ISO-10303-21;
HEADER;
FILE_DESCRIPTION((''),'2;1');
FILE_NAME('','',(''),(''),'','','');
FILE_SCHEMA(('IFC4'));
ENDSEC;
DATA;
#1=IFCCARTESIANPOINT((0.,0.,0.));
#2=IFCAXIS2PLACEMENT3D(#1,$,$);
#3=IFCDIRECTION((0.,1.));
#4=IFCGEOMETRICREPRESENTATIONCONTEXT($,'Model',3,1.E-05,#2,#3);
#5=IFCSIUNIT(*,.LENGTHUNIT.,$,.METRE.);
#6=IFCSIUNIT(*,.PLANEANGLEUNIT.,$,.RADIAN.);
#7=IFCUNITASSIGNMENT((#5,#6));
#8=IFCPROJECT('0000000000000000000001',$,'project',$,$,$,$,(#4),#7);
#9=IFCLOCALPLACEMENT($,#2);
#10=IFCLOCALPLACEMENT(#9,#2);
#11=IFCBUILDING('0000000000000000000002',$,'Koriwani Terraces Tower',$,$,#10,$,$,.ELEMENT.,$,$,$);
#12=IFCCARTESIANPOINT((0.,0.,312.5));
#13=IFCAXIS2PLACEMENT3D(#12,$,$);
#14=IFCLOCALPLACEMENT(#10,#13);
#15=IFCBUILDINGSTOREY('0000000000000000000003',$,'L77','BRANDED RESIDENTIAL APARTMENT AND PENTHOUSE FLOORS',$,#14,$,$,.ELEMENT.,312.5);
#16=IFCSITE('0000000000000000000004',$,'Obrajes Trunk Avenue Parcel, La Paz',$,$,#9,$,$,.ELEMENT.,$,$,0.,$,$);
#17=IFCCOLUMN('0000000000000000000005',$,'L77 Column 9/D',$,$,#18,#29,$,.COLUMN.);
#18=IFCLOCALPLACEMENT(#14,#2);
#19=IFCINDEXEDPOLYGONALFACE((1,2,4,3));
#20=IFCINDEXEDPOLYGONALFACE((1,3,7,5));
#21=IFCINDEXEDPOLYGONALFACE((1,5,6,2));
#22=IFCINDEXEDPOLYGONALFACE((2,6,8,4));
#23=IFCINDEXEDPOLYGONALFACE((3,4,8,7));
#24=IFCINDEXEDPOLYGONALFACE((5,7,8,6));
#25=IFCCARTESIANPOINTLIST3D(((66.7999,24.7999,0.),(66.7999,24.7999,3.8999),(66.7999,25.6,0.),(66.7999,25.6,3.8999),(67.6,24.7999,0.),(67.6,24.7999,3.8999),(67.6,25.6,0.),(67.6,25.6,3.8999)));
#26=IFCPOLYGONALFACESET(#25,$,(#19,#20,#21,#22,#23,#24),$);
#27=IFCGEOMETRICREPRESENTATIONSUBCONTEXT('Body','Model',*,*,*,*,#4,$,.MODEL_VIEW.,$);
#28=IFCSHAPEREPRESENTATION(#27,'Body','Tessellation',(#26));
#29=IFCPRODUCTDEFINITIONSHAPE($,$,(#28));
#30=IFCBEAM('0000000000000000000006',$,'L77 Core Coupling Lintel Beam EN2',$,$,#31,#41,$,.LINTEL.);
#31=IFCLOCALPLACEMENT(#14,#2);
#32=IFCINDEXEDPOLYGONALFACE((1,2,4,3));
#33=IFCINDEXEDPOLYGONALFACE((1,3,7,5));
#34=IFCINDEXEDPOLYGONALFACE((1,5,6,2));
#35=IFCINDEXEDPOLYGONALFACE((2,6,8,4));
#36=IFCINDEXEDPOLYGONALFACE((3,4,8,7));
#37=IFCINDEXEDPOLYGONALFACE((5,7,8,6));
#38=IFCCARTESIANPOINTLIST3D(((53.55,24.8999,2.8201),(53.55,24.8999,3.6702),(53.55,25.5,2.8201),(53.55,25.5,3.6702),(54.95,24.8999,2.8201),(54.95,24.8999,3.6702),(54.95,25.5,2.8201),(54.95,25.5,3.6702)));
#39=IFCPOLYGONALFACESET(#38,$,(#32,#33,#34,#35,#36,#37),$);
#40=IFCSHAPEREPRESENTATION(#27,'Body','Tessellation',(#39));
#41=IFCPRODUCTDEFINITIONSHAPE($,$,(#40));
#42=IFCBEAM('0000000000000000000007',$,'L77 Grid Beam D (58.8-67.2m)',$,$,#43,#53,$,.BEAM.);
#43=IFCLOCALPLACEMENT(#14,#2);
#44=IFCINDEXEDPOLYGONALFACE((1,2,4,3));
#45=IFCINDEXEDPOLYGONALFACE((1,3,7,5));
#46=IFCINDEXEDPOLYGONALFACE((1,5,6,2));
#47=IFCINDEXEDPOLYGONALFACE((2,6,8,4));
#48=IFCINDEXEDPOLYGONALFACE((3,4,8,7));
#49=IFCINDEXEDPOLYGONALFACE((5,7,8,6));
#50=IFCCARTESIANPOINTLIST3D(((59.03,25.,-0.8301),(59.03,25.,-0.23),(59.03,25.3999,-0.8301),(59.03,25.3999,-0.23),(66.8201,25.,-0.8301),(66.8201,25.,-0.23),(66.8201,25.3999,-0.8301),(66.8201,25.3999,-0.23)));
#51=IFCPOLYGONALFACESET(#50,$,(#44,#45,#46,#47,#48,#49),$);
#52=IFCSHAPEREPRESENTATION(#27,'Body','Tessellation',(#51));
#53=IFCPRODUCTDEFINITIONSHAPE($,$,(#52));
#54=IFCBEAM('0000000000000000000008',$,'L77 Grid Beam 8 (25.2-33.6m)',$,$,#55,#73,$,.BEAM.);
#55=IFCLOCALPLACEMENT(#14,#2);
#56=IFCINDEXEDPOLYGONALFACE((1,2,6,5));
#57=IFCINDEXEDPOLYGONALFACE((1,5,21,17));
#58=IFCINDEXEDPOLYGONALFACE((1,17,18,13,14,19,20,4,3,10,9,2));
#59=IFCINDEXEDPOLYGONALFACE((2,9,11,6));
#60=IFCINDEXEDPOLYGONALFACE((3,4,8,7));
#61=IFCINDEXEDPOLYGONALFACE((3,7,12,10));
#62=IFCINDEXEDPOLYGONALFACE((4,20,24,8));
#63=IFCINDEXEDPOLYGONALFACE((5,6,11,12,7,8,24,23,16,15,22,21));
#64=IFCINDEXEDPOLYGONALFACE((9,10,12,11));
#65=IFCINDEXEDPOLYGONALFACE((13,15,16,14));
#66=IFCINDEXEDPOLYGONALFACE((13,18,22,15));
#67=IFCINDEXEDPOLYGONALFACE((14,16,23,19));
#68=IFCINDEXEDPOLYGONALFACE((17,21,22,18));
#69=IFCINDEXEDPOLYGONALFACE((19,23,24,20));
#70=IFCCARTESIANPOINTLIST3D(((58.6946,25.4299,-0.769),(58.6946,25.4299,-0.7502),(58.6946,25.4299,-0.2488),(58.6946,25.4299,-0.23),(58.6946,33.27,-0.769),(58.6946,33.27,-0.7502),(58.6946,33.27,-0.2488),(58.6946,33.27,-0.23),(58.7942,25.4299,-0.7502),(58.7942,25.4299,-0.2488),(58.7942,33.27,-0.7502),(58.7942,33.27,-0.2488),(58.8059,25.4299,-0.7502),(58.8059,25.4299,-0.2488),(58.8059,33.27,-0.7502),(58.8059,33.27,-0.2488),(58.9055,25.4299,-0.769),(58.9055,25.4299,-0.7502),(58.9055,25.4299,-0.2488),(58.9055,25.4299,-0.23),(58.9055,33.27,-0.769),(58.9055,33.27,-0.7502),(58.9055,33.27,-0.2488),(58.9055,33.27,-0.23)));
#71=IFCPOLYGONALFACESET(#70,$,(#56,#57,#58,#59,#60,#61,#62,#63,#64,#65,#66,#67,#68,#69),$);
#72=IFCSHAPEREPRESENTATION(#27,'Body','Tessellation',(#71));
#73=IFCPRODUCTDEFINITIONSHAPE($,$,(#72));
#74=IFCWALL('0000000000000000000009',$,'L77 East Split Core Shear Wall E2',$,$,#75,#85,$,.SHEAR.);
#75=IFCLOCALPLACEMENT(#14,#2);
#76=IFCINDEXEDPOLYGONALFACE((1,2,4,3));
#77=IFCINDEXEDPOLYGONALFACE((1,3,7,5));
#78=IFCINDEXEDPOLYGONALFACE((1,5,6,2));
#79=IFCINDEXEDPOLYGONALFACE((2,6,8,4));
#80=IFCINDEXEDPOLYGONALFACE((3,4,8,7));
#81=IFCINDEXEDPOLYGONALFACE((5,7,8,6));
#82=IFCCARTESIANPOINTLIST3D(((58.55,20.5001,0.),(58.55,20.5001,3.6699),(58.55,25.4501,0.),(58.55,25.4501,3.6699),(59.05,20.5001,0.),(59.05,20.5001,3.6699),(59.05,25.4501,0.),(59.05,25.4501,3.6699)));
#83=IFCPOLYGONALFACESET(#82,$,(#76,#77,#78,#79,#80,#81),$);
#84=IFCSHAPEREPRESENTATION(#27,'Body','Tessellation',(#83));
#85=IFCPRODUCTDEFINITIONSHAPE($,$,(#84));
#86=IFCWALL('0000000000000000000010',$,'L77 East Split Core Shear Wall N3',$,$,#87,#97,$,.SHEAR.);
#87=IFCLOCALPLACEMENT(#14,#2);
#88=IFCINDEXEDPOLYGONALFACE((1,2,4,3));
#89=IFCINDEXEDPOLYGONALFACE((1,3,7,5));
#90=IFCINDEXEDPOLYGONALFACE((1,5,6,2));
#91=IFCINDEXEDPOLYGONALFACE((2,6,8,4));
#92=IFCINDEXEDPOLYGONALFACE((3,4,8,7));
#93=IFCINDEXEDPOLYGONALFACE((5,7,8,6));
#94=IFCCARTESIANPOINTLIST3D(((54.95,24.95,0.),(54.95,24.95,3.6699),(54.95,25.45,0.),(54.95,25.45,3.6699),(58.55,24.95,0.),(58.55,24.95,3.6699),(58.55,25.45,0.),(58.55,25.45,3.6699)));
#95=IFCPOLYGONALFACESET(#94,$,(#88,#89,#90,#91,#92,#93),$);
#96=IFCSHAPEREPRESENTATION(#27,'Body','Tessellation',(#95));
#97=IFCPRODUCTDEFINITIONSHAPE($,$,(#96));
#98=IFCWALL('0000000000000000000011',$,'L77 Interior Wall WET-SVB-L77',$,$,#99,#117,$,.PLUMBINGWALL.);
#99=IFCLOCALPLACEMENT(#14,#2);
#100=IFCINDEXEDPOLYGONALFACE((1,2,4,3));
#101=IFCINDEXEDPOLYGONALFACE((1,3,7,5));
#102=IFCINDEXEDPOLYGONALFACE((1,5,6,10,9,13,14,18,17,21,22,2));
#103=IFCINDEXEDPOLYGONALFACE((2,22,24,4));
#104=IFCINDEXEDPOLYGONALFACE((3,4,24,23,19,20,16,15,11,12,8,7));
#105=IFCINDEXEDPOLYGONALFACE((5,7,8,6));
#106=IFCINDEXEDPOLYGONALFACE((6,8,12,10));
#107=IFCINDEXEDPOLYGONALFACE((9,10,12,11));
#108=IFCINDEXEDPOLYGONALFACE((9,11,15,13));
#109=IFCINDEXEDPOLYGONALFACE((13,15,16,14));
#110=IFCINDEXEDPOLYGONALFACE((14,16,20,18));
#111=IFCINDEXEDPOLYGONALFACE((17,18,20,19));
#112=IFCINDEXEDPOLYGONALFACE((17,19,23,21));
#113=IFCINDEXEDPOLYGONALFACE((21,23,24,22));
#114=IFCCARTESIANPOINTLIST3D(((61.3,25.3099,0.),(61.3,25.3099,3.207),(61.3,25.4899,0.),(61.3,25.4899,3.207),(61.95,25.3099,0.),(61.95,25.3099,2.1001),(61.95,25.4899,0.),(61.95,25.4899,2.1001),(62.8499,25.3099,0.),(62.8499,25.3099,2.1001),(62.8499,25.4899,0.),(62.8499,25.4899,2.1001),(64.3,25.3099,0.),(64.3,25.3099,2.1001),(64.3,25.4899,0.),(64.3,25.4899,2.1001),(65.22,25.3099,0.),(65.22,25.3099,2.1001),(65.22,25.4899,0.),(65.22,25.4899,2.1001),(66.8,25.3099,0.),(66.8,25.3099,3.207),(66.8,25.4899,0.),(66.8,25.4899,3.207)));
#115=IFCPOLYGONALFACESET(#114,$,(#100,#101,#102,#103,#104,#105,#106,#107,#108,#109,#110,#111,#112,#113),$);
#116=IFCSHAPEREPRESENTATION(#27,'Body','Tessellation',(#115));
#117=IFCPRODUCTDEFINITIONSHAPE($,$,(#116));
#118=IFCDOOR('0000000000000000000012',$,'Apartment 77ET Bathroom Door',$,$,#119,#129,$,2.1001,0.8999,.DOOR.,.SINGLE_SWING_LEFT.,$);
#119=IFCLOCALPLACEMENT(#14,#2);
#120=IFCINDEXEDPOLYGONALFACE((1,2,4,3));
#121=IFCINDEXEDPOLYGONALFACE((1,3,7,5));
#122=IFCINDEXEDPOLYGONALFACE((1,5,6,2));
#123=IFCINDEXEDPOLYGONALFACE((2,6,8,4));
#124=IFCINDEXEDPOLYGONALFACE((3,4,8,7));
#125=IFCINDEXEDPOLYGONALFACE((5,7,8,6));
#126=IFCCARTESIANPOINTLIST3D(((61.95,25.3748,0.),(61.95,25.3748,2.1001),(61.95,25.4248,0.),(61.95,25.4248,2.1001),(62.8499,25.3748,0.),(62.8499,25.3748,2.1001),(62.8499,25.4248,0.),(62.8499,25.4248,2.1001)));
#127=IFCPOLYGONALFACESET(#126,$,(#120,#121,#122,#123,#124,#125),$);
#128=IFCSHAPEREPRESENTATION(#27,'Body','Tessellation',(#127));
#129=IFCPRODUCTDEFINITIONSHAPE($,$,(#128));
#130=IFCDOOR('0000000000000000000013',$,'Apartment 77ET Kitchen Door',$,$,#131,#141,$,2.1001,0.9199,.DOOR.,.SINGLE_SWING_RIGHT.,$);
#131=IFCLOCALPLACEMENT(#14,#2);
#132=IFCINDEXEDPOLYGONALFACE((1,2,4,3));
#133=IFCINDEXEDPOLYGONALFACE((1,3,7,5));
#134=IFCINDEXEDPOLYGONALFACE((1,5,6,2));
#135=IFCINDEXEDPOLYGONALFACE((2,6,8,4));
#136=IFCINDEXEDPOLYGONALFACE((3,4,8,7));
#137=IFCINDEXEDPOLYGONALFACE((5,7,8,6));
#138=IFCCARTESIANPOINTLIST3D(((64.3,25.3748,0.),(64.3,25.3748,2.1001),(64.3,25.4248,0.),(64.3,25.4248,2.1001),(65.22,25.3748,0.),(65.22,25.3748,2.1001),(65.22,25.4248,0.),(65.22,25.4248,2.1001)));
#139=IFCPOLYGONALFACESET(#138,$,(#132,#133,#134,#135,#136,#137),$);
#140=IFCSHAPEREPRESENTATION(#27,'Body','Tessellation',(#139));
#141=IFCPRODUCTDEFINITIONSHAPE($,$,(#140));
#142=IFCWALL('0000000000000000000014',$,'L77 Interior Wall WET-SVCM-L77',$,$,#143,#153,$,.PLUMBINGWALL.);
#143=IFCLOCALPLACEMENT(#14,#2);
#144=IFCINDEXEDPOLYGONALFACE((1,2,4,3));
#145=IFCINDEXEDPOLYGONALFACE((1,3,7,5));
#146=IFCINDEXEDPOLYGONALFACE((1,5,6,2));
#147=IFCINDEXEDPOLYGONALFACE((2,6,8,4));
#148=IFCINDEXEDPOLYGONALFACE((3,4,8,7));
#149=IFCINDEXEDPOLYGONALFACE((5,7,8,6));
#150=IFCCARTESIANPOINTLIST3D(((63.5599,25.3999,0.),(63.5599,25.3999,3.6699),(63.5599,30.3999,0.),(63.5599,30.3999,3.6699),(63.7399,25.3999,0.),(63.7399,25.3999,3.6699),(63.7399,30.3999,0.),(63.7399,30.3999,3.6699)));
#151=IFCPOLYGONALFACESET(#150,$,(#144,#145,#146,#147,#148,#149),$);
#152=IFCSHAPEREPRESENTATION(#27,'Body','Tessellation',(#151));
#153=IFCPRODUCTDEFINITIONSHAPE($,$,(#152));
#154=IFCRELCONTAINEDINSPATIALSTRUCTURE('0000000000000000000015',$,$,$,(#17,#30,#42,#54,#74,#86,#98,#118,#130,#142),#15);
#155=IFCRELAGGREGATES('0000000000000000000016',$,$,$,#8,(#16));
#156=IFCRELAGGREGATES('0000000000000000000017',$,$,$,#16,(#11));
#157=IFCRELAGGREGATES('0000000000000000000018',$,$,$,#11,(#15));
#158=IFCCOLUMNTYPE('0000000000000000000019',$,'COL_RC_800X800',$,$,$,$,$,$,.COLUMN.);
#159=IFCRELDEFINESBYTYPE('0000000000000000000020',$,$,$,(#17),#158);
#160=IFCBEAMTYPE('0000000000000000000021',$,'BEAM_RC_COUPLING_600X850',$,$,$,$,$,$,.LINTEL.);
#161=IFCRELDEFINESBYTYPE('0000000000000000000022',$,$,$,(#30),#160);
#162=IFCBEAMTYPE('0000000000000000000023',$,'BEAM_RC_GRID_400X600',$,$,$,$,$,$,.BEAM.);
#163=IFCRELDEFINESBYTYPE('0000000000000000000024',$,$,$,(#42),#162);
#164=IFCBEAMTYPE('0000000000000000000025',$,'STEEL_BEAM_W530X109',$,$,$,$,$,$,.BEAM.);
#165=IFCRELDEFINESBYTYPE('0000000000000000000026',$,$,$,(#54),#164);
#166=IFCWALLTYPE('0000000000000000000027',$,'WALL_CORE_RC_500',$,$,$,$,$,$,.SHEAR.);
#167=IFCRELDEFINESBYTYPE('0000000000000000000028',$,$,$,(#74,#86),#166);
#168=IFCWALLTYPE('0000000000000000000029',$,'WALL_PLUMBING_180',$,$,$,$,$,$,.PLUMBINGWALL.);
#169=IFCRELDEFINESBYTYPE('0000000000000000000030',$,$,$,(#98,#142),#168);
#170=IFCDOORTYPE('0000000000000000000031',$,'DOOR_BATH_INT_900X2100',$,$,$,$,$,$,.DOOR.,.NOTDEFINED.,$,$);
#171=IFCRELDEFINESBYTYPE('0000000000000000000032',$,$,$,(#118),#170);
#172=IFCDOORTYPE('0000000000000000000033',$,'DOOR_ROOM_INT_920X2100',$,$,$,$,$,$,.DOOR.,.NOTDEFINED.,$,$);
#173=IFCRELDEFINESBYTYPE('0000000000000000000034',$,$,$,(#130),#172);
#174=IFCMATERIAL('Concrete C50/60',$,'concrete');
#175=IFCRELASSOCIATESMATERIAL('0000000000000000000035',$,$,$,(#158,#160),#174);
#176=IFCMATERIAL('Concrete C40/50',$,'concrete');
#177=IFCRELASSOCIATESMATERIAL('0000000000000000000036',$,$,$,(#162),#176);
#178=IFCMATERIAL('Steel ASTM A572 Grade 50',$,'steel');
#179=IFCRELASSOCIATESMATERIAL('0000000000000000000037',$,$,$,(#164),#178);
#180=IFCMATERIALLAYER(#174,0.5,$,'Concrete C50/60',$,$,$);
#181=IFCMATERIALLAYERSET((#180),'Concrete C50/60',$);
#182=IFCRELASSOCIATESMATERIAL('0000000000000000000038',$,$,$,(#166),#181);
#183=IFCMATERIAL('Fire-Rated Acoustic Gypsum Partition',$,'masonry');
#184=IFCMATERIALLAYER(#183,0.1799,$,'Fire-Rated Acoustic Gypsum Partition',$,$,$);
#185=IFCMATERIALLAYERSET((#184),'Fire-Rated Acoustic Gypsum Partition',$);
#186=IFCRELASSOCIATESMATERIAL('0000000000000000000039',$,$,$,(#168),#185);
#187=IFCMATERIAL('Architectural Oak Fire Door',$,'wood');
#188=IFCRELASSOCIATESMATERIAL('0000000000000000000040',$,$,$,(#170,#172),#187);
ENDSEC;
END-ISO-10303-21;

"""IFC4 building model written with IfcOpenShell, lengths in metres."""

from ifc_helpers import new_model, si_unit, direction, frame, frame_2d, origin, origin_2d, place, context, subcontext, project, spatial, rectangle, i_section, extrude, material, layer, layer_set, material_profile, profile_set, type_object, element, fill, save


model = new_model("IFC4")

# Units and contexts
model_context = context("Model", 3, precision=1e-05, world=origin(), true_north=direction((0.0, 1.0)))
body_context = subcontext(model_context, "Body", "Model", "MODEL_VIEW")
ifc_project = project(units=[si_unit("LENGTHUNIT", "METRE"), si_unit("PLANEANGLEUNIT", "RADIAN")], contexts=[model_context])

# Site, building, storey
site_placement = place(None, origin())
site = spatial("IfcSite", under=ifc_project, at=site_placement, Name="Obrajes Trunk Avenue Parcel, La Paz", CompositionType="ELEMENT", RefElevation=0.0)
building_placement = place(site_placement, origin())
building = spatial("IfcBuilding", under=site, at=building_placement, Name="Koriwani Terraces Tower", CompositionType="ELEMENT")
storey_placement = place(building_placement, frame((0.0, 0.0, 312.5)))
storey = spatial("IfcBuildingStorey", under=building, at=storey_placement, Name="L77", Description="BRANDED RESIDENTIAL APARTMENT AND PENTHOUSE FLOORS", CompositionType="ELEMENT", Elevation=312.5)

# Column
ifc_material_1 = material(Name="Concrete C50/60", Category="concrete")
ifc_material_profile_1 = material_profile(ifc_material_1, rectangle(XDim=0.8, YDim=0.8, at=origin_2d()), Name="Concrete C50/60", Category="LoadBearing")
ifc_profile_set_1 = profile_set([ifc_material_profile_1], Name="Concrete C50/60")
column_type = type_object("IfcColumnType", Name="COL_RC_800X800", PredefinedType="COLUMN", material=ifc_profile_set_1)
column_placement = place(storey_placement, frame((67.2, 25.2, 0.0), z_axis=(0.0, 0.0, 1.0), x_axis=(1.0, 0.0, 0.0)))
element("IfcColumn", 1, at=column_placement, inside=storey, type_object=column_type, Name="L77 Column 9/D", PredefinedType="COLUMN", context=body_context, shape_type="SweptSolid", body=[
    extrude(rectangle(XDim=0.8, YDim=0.8, at=origin_2d()), origin(), (0.0, 0.0, 1.0), 3.8999),
])

# Beams
ifc_material_profile_2 = material_profile(ifc_material_1, rectangle(XDim=0.6001, YDim=0.8501, at=origin_2d()), Name="Concrete C50/60", Category="LoadBearing")
ifc_profile_set_2 = profile_set([ifc_material_profile_2], Name="Concrete C50/60")
beam_type_1 = type_object("IfcBeamType", Name="BEAM_RC_COUPLING_600X850", PredefinedType="LINTEL", material=ifc_profile_set_2)
beam_1_placement = place(storey_placement, frame((53.55, 25.2, 3.2451), z_axis=(1.0, 0.0, 0.0), x_axis=(0.0, 1.0, 0.0)))
element("IfcBeam", 2, at=beam_1_placement, inside=storey, type_object=beam_type_1, Name="L77 Core Coupling Lintel Beam EN2", PredefinedType="LINTEL", context=body_context, shape_type="SweptSolid", body=[
    extrude(rectangle(XDim=0.6001, YDim=0.8501, at=origin_2d()), origin(), (0.0, 0.0, 1.0), 1.3999),
])
ifc_material_2 = material(Name="Concrete C40/50", Category="concrete")
ifc_material_profile_3 = material_profile(ifc_material_2, rectangle(XDim=0.3999, YDim=0.6001, at=origin_2d()), Name="Concrete C40/50", Category="LoadBearing")
ifc_profile_set_3 = profile_set([ifc_material_profile_3], Name="Concrete C40/50")
beam_type_2 = type_object("IfcBeamType", Name="BEAM_RC_GRID_400X600", PredefinedType="BEAM", material=ifc_profile_set_3)
beam_2_placement = place(storey_placement, frame((59.03, 25.2, -0.53), z_axis=(1.0, 0.0, 0.0), x_axis=(0.0, 1.0, 0.0)))
element("IfcBeam", 3, at=beam_2_placement, inside=storey, type_object=beam_type_2, Name="L77 Grid Beam D (58.8-67.2m)", PredefinedType="BEAM", context=body_context, shape_type="SweptSolid", body=[
    extrude(rectangle(XDim=0.3999, YDim=0.6001, at=origin_2d()), origin(), (0.0, 0.0, 1.0), 7.79),
])
ifc_material_3 = material(Name="Steel ASTM A572 Grade 50", Category="steel")
ifc_material_profile_4 = material_profile(ifc_material_3, i_section(OverallWidth=0.2109, OverallDepth=0.5391, WebThickness=0.0117, FlangeThickness=0.0188, at=origin_2d()), Name="Steel ASTM A572 Grade 50", Category="LoadBearing")
ifc_profile_set_4 = profile_set([ifc_material_profile_4], Name="Steel ASTM A572 Grade 50")
beam_type_3 = type_object("IfcBeamType", Name="STEEL_BEAM_W530X109", PredefinedType="BEAM", material=ifc_profile_set_4)
beam_3_placement = place(storey_placement, frame((58.8, 25.4299, -0.4995), z_axis=(0.0, 1.0, 0.0), x_axis=(-1.0, 0.0, 0.0)))
element("IfcBeam", 4, at=beam_3_placement, inside=storey, type_object=beam_type_3, Name="L77 Grid Beam 8 (25.2-33.6m)", PredefinedType="BEAM", context=body_context, shape_type="SweptSolid", body=[
    extrude(i_section(OverallWidth=0.2109, OverallDepth=0.5391, WebThickness=0.0117, FlangeThickness=0.0188, at=origin_2d()), origin(), (0.0, 0.0, 1.0), 7.8401),
])

# Walls
ifc_layer_1 = layer(ifc_material_1, 0.5, Name="Concrete C50/60")
ifc_layer_set_1 = layer_set([ifc_layer_1], Name="Concrete C50/60")
wall_type_1 = type_object("IfcWallType", Name="WALL_CORE_RC_500", PredefinedType="SHEAR", material=ifc_layer_set_1)
wall_1_placement = place(storey_placement, frame((58.8, 20.5, 0.0), z_axis=(0.0, 0.0, 1.0), x_axis=(0.0, 1.0, 0.0)))
element("IfcWall", 5, at=wall_1_placement, inside=storey, type_object=wall_type_1, Name="L77 East Split Core Shear Wall E2", PredefinedType="SHEAR", context=body_context, shape_type="SweptSolid", body=[
    extrude(rectangle(XDim=4.95, YDim=0.5, at=frame_2d((2.4751, 0.0))), origin(), (0.0, 0.0, 1.0), 3.6699),
])
wall_2_placement = place(storey_placement, frame((54.95, 25.2, 0.0), z_axis=(0.0, 0.0, 1.0), x_axis=(1.0, 0.0, 0.0)))
element("IfcWall", 6, at=wall_2_placement, inside=storey, type_object=wall_type_1, Name="L77 East Split Core Shear Wall N3", PredefinedType="SHEAR", context=body_context, shape_type="SweptSolid", body=[
    extrude(rectangle(XDim=3.6001, YDim=0.5, at=frame_2d((1.8, 0.0))), origin(), (0.0, 0.0, 1.0), 3.6699),
])

# Wall, openings, doors
ifc_material_4 = material(Name="Fire-Rated Acoustic Gypsum Partition", Category="masonry")
ifc_layer_2 = layer(ifc_material_4, 0.1799, Name="Fire-Rated Acoustic Gypsum Partition")
ifc_layer_set_2 = layer_set([ifc_layer_2], Name="Fire-Rated Acoustic Gypsum Partition")
wall_type_2 = type_object("IfcWallType", Name="WALL_PLUMBING_180", PredefinedType="PLUMBINGWALL", material=ifc_layer_set_2)
wall_3_placement = place(storey_placement, frame((61.3, 25.3999, 0.0), z_axis=(0.0, 0.0, 1.0), x_axis=(1.0, 0.0, 0.0)))
wall_3 = element("IfcWall", 7, at=wall_3_placement, inside=storey, type_object=wall_type_2, Name="L77 Interior Wall WET-SVB-L77", PredefinedType="PLUMBINGWALL", context=body_context, shape_type="SweptSolid", body=[
    extrude(rectangle(XDim=5.5, YDim=0.1799, at=frame_2d((2.75, 0.0))), origin(), (0.0, 0.0, 1.0), 3.207),
])
opening_1_placement = place(wall_3_placement, frame((0.6499, 0.0, 0.0)))
opening_1 = element("IfcOpeningElement", 8, at=opening_1_placement, cuts=wall_3, PredefinedType="OPENING", context=body_context, shape_type="SweptSolid", body=[
    extrude(rectangle(XDim=0.8999, YDim=2.1001, at=frame_2d((0.45, 1.05))), frame((0.0, 0.1001, 0.0), z_axis=(0.0, -1.0, 0.0), x_axis=(1.0, 0.0, 0.0)), (0.0, 0.0, 1.0), 0.2),
])
opening_2_placement = place(wall_3_placement, frame((3.0, 0.0, 0.0)))
opening_2 = element("IfcOpeningElement", 9, at=opening_2_placement, cuts=wall_3, PredefinedType="OPENING", context=body_context, shape_type="SweptSolid", body=[
    extrude(rectangle(XDim=0.9199, YDim=2.1001, at=frame_2d((0.46, 1.05))), frame((0.0, 0.1001, 0.0), z_axis=(0.0, -1.0, 0.0), x_axis=(1.0, 0.0, 0.0)), (0.0, 0.0, 1.0), 0.2),
])
ifc_material_5 = material(Name="Architectural Oak Fire Door", Category="wood")
door_type_1 = type_object("IfcDoorType", Name="DOOR_BATH_INT_900X2100", OperationType="NOTDEFINED", PredefinedType="DOOR", material=ifc_material_5)
door_1_placement = place(opening_1_placement, origin())
door_1 = element("IfcDoor", 10, at=door_1_placement, inside=storey, type_object=door_type_1, Name="Apartment 77ET Bathroom Door", OperationType="SINGLE_SWING_LEFT", OverallHeight=2.1001, OverallWidth=0.8999, PredefinedType="DOOR", context=body_context, shape_type="SweptSolid", body=[
    extrude(rectangle(XDim=0.8999, YDim=2.1001, at=frame_2d((0.45, 1.05))), frame((0.0, 0.0249, 0.0), z_axis=(0.0, -1.0, 0.0), x_axis=(1.0, 0.0, 0.0)), (0.0, 0.0, 1.0), 0.05),
])
fill(opening_1, door_1)
door_type_2 = type_object("IfcDoorType", Name="DOOR_ROOM_INT_920X2100", OperationType="NOTDEFINED", PredefinedType="DOOR", material=ifc_material_5)
door_2_placement = place(opening_2_placement, origin())
door_2 = element("IfcDoor", 11, at=door_2_placement, inside=storey, type_object=door_type_2, Name="Apartment 77ET Kitchen Door", OperationType="SINGLE_SWING_RIGHT", OverallHeight=2.1001, OverallWidth=0.9199, PredefinedType="DOOR", context=body_context, shape_type="SweptSolid", body=[
    extrude(rectangle(XDim=0.9199, YDim=2.1001, at=frame_2d((0.46, 1.05))), frame((0.0, 0.0249, 0.0), z_axis=(0.0, -1.0, 0.0), x_axis=(1.0, 0.0, 0.0)), (0.0, 0.0, 1.0), 0.05),
])
fill(opening_2, door_2)

# Wall
wall_4_placement = place(storey_placement, frame((63.6499, 25.3999, 0.0), z_axis=(0.0, 0.0, 1.0), x_axis=(0.0, 1.0, 0.0)))
element("IfcWall", 12, at=wall_4_placement, inside=storey, type_object=wall_type_2, Name="L77 Interior Wall WET-SVCM-L77", PredefinedType="PLUMBINGWALL", context=body_context, shape_type="SweptSolid", body=[
    extrude(rectangle(XDim=5.0, YDim=0.1799, at=frame_2d((2.5, 0.0))), origin(), (0.0, 0.0, 1.0), 3.6699),
])

save(model, "model.ifc")
